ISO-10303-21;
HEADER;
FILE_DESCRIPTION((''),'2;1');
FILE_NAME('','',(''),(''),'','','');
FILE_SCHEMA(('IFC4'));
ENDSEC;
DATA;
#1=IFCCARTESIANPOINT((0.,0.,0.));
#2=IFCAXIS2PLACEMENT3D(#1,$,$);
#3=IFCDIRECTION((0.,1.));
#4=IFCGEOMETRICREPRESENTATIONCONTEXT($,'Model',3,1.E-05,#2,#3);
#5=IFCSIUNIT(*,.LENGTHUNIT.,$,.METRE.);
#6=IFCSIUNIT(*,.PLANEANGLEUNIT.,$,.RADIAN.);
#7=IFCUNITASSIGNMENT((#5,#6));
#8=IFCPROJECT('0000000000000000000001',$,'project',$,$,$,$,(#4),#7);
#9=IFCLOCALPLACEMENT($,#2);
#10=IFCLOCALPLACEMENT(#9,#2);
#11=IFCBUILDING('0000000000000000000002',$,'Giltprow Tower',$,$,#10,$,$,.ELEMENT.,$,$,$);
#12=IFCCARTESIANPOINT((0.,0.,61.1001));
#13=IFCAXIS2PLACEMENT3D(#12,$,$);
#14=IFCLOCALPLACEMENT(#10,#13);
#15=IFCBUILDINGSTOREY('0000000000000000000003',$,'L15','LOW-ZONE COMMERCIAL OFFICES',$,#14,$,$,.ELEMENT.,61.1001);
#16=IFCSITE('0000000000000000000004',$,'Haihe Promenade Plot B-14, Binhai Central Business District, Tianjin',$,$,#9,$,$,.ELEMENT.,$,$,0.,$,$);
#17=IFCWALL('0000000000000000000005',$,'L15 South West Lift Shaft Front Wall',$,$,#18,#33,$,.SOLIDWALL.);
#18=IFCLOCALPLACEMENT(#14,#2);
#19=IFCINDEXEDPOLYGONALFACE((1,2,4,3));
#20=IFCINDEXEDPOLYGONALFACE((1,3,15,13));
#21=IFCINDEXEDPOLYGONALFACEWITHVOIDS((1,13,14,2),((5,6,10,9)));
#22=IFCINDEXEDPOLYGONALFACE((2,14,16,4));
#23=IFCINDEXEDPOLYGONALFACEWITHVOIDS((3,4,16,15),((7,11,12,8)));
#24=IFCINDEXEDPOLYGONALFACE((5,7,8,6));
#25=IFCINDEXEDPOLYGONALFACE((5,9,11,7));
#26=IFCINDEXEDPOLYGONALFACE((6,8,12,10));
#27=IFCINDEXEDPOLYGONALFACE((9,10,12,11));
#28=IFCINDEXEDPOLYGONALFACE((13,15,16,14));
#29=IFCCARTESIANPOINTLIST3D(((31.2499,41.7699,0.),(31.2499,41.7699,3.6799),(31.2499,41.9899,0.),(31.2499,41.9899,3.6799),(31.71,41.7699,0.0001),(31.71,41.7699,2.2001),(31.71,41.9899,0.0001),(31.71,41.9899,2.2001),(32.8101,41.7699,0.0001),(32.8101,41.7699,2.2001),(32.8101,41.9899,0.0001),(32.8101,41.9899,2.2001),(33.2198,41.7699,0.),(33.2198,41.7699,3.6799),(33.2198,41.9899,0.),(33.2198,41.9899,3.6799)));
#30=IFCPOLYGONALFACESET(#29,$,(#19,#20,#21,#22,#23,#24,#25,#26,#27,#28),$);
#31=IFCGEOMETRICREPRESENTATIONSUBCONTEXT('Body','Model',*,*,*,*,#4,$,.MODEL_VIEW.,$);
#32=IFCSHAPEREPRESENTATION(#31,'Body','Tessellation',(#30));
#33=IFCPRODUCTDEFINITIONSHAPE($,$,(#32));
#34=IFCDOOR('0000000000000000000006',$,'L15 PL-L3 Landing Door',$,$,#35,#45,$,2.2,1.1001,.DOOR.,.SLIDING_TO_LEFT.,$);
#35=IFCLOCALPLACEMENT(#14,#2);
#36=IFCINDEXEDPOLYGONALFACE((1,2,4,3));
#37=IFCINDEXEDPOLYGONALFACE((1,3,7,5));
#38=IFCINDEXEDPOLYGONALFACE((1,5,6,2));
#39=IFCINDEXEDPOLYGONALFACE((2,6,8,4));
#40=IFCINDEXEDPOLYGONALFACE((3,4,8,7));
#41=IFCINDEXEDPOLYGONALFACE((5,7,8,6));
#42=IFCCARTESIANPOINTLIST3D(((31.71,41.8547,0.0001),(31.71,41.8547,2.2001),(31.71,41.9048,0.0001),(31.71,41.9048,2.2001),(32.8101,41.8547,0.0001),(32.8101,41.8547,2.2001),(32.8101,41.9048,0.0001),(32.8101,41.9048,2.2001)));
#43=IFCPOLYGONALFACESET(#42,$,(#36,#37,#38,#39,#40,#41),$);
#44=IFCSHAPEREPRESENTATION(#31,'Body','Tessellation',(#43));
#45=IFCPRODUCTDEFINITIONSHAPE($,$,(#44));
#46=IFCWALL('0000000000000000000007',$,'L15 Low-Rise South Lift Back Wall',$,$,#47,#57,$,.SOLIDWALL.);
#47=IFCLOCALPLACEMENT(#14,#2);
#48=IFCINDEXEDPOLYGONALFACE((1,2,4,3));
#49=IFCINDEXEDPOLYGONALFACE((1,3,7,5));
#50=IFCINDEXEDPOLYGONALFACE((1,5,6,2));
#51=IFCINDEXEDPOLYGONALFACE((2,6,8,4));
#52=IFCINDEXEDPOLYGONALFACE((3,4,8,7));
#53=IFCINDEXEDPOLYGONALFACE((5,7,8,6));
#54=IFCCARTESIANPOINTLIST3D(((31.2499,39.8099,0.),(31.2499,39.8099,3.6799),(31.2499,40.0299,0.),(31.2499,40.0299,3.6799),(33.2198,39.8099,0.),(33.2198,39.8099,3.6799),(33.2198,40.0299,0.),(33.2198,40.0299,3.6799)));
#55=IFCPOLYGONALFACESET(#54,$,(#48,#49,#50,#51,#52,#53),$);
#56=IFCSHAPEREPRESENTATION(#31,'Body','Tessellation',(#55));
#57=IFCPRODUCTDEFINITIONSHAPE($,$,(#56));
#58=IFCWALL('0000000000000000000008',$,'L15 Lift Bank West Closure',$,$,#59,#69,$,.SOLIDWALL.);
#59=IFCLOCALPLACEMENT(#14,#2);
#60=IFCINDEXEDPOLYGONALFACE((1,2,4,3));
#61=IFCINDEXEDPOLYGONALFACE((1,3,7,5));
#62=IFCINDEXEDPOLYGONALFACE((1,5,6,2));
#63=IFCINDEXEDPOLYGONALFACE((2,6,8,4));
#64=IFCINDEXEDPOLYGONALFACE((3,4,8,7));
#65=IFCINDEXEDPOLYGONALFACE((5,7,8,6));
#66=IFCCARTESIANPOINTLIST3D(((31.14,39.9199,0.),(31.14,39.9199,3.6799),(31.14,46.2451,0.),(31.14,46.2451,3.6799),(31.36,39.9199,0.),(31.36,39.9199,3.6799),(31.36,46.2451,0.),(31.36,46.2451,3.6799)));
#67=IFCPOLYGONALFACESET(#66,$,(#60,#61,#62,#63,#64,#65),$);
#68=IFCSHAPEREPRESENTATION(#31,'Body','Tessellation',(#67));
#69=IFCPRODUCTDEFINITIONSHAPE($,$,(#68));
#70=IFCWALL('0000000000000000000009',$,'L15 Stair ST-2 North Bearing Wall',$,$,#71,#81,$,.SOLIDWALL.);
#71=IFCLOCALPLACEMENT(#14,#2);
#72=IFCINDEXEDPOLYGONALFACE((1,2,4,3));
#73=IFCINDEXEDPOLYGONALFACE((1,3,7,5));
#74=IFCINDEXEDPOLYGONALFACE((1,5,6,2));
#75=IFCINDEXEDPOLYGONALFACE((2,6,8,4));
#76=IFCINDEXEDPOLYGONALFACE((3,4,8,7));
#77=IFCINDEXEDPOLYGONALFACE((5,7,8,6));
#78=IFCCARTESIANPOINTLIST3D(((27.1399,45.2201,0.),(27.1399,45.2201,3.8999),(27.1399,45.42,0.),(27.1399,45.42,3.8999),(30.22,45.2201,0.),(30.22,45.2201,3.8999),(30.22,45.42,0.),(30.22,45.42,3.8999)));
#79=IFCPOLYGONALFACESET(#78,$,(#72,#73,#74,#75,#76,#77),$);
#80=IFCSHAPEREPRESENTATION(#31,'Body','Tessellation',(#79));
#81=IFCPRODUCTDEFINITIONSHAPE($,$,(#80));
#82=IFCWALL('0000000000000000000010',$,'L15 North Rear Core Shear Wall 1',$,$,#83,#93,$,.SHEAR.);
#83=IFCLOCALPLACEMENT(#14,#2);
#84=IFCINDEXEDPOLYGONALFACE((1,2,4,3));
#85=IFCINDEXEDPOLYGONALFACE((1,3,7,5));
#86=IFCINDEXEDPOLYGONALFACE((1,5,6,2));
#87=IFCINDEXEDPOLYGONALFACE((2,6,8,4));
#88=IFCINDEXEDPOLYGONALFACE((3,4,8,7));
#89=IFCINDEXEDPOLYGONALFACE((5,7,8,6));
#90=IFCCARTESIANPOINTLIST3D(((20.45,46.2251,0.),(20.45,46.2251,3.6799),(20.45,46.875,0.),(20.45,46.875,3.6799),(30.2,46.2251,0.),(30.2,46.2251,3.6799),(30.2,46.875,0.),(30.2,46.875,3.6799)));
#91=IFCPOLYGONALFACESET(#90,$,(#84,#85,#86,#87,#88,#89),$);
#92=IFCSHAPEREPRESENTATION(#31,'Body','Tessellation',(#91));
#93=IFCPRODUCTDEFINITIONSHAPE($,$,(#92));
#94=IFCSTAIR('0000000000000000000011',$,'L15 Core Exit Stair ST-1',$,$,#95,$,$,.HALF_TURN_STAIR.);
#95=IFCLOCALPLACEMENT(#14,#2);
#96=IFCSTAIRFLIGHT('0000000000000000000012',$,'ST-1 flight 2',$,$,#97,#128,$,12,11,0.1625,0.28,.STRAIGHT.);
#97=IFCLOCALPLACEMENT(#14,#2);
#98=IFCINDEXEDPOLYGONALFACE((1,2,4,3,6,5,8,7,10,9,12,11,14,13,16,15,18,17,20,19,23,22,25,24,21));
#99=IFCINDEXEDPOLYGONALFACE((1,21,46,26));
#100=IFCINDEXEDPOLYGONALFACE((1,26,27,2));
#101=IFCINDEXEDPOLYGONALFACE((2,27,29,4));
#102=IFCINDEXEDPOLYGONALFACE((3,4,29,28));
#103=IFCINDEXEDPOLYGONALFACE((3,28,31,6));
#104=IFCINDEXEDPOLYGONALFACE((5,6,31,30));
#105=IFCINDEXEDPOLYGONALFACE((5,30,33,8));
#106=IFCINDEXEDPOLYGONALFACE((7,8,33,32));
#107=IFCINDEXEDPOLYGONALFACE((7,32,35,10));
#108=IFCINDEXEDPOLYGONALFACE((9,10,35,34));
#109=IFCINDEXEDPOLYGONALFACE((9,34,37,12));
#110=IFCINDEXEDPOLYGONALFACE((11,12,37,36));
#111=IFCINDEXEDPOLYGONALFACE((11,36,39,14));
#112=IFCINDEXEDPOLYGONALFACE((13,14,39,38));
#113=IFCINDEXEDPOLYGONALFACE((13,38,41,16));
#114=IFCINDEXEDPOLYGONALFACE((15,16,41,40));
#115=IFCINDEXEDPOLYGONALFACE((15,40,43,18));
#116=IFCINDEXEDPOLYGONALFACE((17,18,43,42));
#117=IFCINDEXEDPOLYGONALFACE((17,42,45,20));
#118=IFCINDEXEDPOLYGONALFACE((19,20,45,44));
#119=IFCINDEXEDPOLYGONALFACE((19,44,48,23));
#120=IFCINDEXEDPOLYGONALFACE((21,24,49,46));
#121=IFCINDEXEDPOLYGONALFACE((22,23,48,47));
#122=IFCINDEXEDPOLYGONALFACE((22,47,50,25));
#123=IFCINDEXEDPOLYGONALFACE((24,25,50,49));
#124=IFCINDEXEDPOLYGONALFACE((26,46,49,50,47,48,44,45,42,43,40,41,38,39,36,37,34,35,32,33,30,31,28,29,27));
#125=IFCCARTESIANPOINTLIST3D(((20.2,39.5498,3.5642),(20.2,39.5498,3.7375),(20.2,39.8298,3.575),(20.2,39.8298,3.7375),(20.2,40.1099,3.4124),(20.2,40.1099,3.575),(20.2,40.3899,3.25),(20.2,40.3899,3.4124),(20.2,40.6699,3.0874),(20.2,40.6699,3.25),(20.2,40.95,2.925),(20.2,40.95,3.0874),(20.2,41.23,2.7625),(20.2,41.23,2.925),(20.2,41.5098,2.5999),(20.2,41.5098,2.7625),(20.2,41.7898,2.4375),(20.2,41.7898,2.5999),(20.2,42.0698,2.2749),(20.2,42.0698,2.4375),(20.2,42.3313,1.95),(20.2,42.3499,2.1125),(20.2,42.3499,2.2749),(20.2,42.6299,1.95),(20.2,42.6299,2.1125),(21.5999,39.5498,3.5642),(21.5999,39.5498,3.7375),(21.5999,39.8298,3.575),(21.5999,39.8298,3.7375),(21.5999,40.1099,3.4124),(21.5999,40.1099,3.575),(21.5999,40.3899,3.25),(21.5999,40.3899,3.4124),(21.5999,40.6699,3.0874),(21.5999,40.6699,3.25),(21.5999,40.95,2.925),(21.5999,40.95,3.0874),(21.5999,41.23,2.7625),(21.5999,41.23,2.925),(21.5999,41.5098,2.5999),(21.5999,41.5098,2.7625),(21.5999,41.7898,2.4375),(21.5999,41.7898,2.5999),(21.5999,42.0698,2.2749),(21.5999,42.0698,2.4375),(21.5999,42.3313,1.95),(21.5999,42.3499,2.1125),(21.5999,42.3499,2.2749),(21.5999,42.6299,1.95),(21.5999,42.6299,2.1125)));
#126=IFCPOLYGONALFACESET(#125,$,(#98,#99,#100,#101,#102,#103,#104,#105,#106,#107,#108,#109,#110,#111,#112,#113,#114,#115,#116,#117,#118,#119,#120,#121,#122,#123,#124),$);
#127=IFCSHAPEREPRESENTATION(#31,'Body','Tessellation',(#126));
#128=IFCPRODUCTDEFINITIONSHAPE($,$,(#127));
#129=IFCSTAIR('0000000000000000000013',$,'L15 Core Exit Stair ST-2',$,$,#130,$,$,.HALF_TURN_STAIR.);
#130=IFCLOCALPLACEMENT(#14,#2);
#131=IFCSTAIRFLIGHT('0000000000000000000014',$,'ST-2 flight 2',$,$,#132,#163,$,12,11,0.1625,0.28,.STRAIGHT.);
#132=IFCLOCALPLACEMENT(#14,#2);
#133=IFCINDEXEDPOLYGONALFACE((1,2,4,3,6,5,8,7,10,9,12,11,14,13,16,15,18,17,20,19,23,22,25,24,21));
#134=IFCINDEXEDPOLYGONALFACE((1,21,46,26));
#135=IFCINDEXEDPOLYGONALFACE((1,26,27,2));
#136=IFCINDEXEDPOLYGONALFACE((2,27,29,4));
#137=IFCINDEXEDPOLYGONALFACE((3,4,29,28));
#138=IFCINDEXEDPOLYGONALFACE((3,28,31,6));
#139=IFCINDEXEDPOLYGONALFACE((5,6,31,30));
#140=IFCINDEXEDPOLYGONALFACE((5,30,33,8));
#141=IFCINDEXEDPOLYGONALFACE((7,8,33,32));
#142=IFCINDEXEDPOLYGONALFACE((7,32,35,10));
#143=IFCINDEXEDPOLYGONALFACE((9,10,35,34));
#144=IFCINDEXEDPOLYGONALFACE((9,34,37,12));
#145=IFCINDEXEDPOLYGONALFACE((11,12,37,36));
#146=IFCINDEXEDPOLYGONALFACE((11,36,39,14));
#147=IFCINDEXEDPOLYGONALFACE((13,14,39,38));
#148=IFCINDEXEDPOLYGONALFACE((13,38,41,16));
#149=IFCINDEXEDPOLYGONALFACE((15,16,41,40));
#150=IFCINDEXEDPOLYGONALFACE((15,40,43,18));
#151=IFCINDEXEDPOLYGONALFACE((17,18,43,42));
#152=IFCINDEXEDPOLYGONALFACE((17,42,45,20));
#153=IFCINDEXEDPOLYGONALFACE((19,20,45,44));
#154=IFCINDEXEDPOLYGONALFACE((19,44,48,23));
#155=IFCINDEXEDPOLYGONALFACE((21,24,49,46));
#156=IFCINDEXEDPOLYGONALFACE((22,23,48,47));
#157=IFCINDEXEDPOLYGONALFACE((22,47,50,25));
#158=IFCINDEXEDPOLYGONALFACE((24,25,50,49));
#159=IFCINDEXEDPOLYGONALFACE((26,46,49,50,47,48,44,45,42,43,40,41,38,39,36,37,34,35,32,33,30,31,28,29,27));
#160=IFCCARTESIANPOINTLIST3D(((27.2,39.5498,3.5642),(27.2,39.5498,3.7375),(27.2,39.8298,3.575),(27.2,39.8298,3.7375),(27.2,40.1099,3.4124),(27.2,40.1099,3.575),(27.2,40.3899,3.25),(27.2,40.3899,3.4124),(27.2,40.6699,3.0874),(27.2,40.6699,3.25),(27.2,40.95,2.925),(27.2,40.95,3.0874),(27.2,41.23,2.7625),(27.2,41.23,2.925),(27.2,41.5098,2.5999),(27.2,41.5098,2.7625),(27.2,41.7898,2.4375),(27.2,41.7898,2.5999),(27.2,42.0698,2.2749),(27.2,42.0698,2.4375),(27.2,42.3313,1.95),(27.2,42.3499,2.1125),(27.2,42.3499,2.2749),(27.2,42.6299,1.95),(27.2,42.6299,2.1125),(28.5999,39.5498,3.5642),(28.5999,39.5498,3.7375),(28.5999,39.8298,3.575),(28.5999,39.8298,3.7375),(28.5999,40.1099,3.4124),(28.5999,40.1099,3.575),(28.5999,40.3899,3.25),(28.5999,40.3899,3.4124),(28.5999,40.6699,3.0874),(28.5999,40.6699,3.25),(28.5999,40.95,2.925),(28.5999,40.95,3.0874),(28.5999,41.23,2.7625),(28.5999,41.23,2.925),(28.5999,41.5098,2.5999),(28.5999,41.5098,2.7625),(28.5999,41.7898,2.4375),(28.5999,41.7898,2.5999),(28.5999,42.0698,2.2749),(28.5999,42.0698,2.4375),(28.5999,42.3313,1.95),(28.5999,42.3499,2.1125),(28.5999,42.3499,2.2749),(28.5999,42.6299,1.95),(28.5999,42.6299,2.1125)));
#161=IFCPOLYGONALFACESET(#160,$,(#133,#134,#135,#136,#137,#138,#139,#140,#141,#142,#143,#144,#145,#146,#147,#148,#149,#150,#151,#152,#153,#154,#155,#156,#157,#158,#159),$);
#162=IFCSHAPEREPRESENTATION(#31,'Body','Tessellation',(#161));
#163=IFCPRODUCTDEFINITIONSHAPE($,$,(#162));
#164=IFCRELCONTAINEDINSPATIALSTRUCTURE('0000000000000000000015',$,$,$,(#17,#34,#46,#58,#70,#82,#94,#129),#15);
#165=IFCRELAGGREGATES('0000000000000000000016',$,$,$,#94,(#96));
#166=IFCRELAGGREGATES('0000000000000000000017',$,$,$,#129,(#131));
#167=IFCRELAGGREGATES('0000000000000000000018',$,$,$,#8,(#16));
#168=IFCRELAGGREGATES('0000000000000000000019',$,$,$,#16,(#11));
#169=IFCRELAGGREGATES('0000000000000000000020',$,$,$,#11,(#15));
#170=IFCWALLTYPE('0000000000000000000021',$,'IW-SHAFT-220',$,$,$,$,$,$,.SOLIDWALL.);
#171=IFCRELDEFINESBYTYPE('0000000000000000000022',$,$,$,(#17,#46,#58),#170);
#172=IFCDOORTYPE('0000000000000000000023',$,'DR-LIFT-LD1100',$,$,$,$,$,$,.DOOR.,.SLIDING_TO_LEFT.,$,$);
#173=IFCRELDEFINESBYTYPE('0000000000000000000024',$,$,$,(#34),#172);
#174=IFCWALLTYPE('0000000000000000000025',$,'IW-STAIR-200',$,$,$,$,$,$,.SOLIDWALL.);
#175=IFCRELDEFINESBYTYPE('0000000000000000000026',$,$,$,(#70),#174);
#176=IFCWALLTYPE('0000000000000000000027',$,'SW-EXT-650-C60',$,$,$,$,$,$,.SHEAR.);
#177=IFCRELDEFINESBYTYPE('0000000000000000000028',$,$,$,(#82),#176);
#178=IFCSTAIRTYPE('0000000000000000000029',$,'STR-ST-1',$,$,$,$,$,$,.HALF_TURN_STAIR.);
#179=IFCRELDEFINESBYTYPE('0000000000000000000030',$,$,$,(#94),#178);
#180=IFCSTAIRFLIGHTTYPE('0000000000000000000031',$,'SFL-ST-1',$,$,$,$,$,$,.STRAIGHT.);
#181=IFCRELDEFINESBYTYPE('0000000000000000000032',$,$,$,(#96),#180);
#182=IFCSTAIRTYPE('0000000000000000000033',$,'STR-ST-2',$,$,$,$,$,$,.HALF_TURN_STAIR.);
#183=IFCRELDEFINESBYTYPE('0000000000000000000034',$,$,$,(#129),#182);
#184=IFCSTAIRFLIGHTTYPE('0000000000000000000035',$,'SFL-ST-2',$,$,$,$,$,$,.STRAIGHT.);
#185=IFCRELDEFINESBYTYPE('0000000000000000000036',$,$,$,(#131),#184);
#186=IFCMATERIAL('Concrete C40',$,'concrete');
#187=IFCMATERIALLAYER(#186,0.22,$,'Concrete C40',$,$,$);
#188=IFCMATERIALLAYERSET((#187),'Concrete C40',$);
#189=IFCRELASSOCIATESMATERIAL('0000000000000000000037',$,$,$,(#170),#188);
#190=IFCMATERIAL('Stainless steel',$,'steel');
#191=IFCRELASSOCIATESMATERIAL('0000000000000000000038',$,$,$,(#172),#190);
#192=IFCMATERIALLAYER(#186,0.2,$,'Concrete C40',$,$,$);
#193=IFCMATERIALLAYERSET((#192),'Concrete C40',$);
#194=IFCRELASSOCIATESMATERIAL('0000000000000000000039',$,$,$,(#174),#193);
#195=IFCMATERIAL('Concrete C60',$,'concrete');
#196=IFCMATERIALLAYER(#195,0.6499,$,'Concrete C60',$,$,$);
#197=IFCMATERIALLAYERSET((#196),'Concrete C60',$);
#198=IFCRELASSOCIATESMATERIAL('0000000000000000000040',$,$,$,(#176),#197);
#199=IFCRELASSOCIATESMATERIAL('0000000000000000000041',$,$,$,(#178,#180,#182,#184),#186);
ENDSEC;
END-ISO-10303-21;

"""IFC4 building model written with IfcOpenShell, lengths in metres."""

from ifc_helpers import new_model, si_unit, direction, frame, frame_2d, origin, place, context, subcontext, project, spatial, polyline, rectangle, outline, extrude, source, transform, mapped, material, layer, layer_set, type_object, element, fill, aggregate, save


model = new_model("IFC4")

# Units and contexts
model_context = context("Model", 3, precision=1e-05, world=origin(), true_north=direction((0.0, 1.0)))
body_context = subcontext(model_context, "Body", "Model", "MODEL_VIEW")
ifc_project = project(units=[si_unit("LENGTHUNIT", "METRE"), si_unit("PLANEANGLEUNIT", "RADIAN")], contexts=[model_context])

# Site, building, storey
site_placement = place(None, origin())
site = spatial("IfcSite", under=ifc_project, at=site_placement, Name="Haihe Promenade Plot B-14, Binhai Central Business District, Tianjin", CompositionType="ELEMENT", RefElevation=0.0)
building_placement = place(site_placement, origin())
building = spatial("IfcBuilding", under=site, at=building_placement, Name="Giltprow Tower", CompositionType="ELEMENT")
storey_placement = place(building_placement, frame((0.0, 0.0, 61.1001)))
storey = spatial("IfcBuildingStorey", under=building, at=storey_placement, Name="L15", Description="LOW-ZONE COMMERCIAL OFFICES", CompositionType="ELEMENT", Elevation=61.1001)

# Shared definitions
ifc_material_1 = material(Name="Concrete C60", Category="concrete")

# Shared definitions
ifc_material_2 = material(Name="Concrete C40", Category="concrete")
ifc_layer_1 = layer(ifc_material_2, 0.22, Name="Concrete C40")
ifc_layer_set_1 = layer_set([ifc_layer_1], Name="Concrete C40")
wall_type_1 = type_object("IfcWallType", Name="IW-SHAFT-220", PredefinedType="SOLIDWALL", material=ifc_layer_set_1)
ifc_material_3 = material(Name="Stainless steel", Category="steel")
door_type = type_object("IfcDoorType", Name="DR-LIFT-LD1100", OperationType="SLIDING_TO_LEFT", PredefinedType="DOOR", material=ifc_material_3)
shared_shape_1 = source(origin(), body_context, "Body", "SweptSolid", [
    extrude(rectangle(XDim=1.1001, YDim=2.2, at=frame_2d((0.55, 1.1001))), frame((0.0, 0.0249, 0.0), z_axis=(0.0, -1.0, 0.0), x_axis=(1.0, 0.0, 0.0)), (0.0, 0.0, 1.0), 0.05),
])

# Wall, opening, door
wall_1_placement = place(storey_placement, frame((31.25, 41.8799, 0.0), z_axis=(0.0, 0.0, 1.0), x_axis=(1.0, 0.0, 0.0)))
wall_1 = element("IfcWall", 1, at=wall_1_placement, inside=storey, type_object=wall_type_1, Name="L15 South West Lift Shaft Front Wall", PredefinedType="SOLIDWALL", context=body_context, shape_type="SweptSolid", body=[
    extrude(rectangle(XDim=1.97, YDim=0.22, at=frame_2d((0.9849, 0.0))), origin(), (0.0, 0.0, 1.0), 3.6799),
])
opening_1_placement = place(wall_1_placement, frame((0.46, 0.0, 0.0)))
opening_1 = element("IfcOpeningElement", 2, at=opening_1_placement, cuts=wall_1, PredefinedType="OPENING", context=body_context, shape_type="SweptSolid", body=[
    extrude(rectangle(XDim=1.1001, YDim=2.2, at=frame_2d((0.55, 1.1001))), frame((0.0, 0.1199, 0.0), z_axis=(0.0, -1.0, 0.0), x_axis=(1.0, 0.0, 0.0)), (0.0, 0.0, 1.0), 0.24),
])
door_1_placement = place(opening_1_placement, origin())
door_1 = element("IfcDoor", 3, at=door_1_placement, inside=storey, type_object=door_type, Name="L15 PL-L3 Landing Door", OperationType="SLIDING_TO_LEFT", OverallHeight=2.2, OverallWidth=1.1001, PredefinedType="DOOR", context=body_context, shape_type="MappedRepresentation", body=[
    mapped(shared_shape_1, transform((0.0, 0.0, 0.0), x_axis=(1.0, 0.0, 0.0), y_axis=(0.0, 1.0, 0.0), z_axis=(0.0, 0.0, 1.0), scale=1.0)),
])
fill(opening_1, door_1)

# Walls
wall_2_placement = place(storey_placement, frame((31.25, 39.9199, 0.0), z_axis=(0.0, 0.0, 1.0), x_axis=(1.0, 0.0, 0.0)))
element("IfcWall", 4, at=wall_2_placement, inside=storey, type_object=wall_type_1, Name="L15 Low-Rise South Lift Back Wall", PredefinedType="SOLIDWALL", context=body_context, shape_type="SweptSolid", body=[
    extrude(rectangle(XDim=1.97, YDim=0.22, at=frame_2d((0.9849, 0.0))), origin(), (0.0, 0.0, 1.0), 3.6799),
])
wall_3_placement = place(storey_placement, frame((31.25, 39.9199, 0.0), z_axis=(0.0, 0.0, 1.0), x_axis=(0.0, 1.0, 0.0)))
element("IfcWall", 5, at=wall_3_placement, inside=storey, type_object=wall_type_1, Name="L15 Lift Bank West Closure", PredefinedType="SOLIDWALL", context=body_context, shape_type="SweptSolid", body=[
    extrude(rectangle(XDim=6.3252, YDim=0.22, at=frame_2d((3.1626, 0.0))), origin(), (0.0, 0.0, 1.0), 3.6799),
])
ifc_layer_2 = layer(ifc_material_2, 0.2, Name="Concrete C40")
ifc_layer_set_2 = layer_set([ifc_layer_2], Name="Concrete C40")
wall_type_2 = type_object("IfcWallType", Name="IW-STAIR-200", PredefinedType="SOLIDWALL", material=ifc_layer_set_2)
wall_4_placement = place(storey_placement, frame((27.1399, 45.3201, 0.0), z_axis=(0.0, 0.0, 1.0), x_axis=(1.0, 0.0, 0.0)))
element("IfcWall", 6, at=wall_4_placement, inside=storey, type_object=wall_type_2, Name="L15 Stair ST-2 North Bearing Wall", PredefinedType="SOLIDWALL", context=body_context, shape_type="SweptSolid", body=[
    extrude(rectangle(XDim=3.0801, YDim=0.2, at=frame_2d((1.54, 0.0))), origin(), (0.0, 0.0, 1.0), 3.8999),
])
ifc_layer_3 = layer(ifc_material_1, 0.6499, Name="Concrete C60")
ifc_layer_set_3 = layer_set([ifc_layer_3], Name="Concrete C60")
wall_type_3 = type_object("IfcWallType", Name="SW-EXT-650-C60", PredefinedType="SHEAR", material=ifc_layer_set_3)
wall_5_placement = place(storey_placement, frame((20.45, 46.55, 0.0), z_axis=(0.0, 0.0, 1.0), x_axis=(1.0, 0.0, 0.0)))
element("IfcWall", 7, at=wall_5_placement, inside=storey, type_object=wall_type_3, Name="L15 North Rear Core Shear Wall 1", PredefinedType="SHEAR", context=body_context, shape_type="SweptSolid", body=[
    extrude(rectangle(XDim=9.75, YDim=0.6499, at=frame_2d((4.875, 0.0))), origin(), (0.0, 0.0, 1.0), 3.6799),
])

# Stairs, stair flights
stair_type_1 = type_object("IfcStairType", Name="STR-ST-1", PredefinedType="HALF_TURN_STAIR", material=ifc_material_2)
stair_1_placement = place(storey_placement, origin())
stair_1 = element("IfcStair", 8, at=stair_1_placement, inside=storey, type_object=stair_type_1, Name="L15 Core Exit Stair ST-1", PredefinedType="HALF_TURN_STAIR")
stair_flight_type_1 = type_object("IfcStairFlightType", Name="SFL-ST-1", PredefinedType="STRAIGHT", material=ifc_material_2)
stair_flight_1_placement = place(storey_placement, frame((20.8999, 42.6299, 1.95), z_axis=(0.0, 0.0, 1.0), x_axis=(0.0, -1.0, 0.0)))
stair_flight_1 = element("IfcStairFlight", 9, at=stair_flight_1_placement, type_object=stair_flight_type_1, Name="ST-1 flight 2", NumberOfRisers=12, NumberOfTreads=11, PredefinedType="STRAIGHT", RiserHeight=0.1625, TreadLength=0.28, context=body_context, shape_type="SweptSolid", body=[
    extrude(outline(polyline([(0.0, 0.0), (0.0, 0.1626), (0.28, 0.1626), (0.28, 0.325), (0.5601, 0.325), (0.5601, 0.4875), (0.8401, 0.4875), (0.8401, 0.6499), (1.1201, 0.6499), (1.1201, 0.8125), (1.3999, 0.8125), (1.3999, 0.9751), (1.6799, 0.9751), (1.6799, 1.1375), (1.96, 1.1375), (1.96, 1.3), (2.24, 1.3), (2.24, 1.4624), (2.52, 1.4624), (2.52, 1.625), (2.8, 1.625), (2.8, 1.7876), (3.0801, 1.7876), (3.0801, 1.95), (3.0801, 1.6143), (0.2986, 0.0), (0.0, 0.0)])), frame((0.0, 0.7, 0.0), z_axis=(0.0, -1.0, 0.0), x_axis=(1.0, 0.0, 0.0)), (0.0, 0.0, 1.0), 1.3999),
])
aggregate(stair_1, [stair_flight_1])
stair_type_2 = type_object("IfcStairType", Name="STR-ST-2", PredefinedType="HALF_TURN_STAIR", material=ifc_material_2)
stair_2_placement = place(storey_placement, origin())
stair_2 = element("IfcStair", 10, at=stair_2_placement, inside=storey, type_object=stair_type_2, Name="L15 Core Exit Stair ST-2", PredefinedType="HALF_TURN_STAIR")
stair_flight_type_2 = type_object("IfcStairFlightType", Name="SFL-ST-2", PredefinedType="STRAIGHT", material=ifc_material_2)
stair_flight_2_placement = place(storey_placement, frame((27.8999, 42.6299, 1.95), z_axis=(0.0, 0.0, 1.0), x_axis=(0.0, -1.0, 0.0)))
stair_flight_2 = element("IfcStairFlight", 11, at=stair_flight_2_placement, type_object=stair_flight_type_2, Name="ST-2 flight 2", NumberOfRisers=12, NumberOfTreads=11, PredefinedType="STRAIGHT", RiserHeight=0.1625, TreadLength=0.28, context=body_context, shape_type="SweptSolid", body=[
    extrude(outline(polyline([(0.0, 0.0), (0.0, 0.1626), (0.28, 0.1626), (0.28, 0.325), (0.5601, 0.325), (0.5601, 0.4875), (0.8401, 0.4875), (0.8401, 0.6499), (1.1201, 0.6499), (1.1201, 0.8125), (1.3999, 0.8125), (1.3999, 0.9751), (1.6799, 0.9751), (1.6799, 1.1375), (1.96, 1.1375), (1.96, 1.3), (2.24, 1.3), (2.24, 1.4624), (2.52, 1.4624), (2.52, 1.625), (2.8, 1.625), (2.8, 1.7876), (3.0801, 1.7876), (3.0801, 1.95), (3.0801, 1.6143), (0.2986, 0.0), (0.0, 0.0)])), frame((0.0, 0.7, 0.0), z_axis=(0.0, -1.0, 0.0), x_axis=(1.0, 0.0, 0.0)), (0.0, 0.0, 1.0), 1.3999),
])
aggregate(stair_2, [stair_flight_2])

save(model, "model.ifc")
